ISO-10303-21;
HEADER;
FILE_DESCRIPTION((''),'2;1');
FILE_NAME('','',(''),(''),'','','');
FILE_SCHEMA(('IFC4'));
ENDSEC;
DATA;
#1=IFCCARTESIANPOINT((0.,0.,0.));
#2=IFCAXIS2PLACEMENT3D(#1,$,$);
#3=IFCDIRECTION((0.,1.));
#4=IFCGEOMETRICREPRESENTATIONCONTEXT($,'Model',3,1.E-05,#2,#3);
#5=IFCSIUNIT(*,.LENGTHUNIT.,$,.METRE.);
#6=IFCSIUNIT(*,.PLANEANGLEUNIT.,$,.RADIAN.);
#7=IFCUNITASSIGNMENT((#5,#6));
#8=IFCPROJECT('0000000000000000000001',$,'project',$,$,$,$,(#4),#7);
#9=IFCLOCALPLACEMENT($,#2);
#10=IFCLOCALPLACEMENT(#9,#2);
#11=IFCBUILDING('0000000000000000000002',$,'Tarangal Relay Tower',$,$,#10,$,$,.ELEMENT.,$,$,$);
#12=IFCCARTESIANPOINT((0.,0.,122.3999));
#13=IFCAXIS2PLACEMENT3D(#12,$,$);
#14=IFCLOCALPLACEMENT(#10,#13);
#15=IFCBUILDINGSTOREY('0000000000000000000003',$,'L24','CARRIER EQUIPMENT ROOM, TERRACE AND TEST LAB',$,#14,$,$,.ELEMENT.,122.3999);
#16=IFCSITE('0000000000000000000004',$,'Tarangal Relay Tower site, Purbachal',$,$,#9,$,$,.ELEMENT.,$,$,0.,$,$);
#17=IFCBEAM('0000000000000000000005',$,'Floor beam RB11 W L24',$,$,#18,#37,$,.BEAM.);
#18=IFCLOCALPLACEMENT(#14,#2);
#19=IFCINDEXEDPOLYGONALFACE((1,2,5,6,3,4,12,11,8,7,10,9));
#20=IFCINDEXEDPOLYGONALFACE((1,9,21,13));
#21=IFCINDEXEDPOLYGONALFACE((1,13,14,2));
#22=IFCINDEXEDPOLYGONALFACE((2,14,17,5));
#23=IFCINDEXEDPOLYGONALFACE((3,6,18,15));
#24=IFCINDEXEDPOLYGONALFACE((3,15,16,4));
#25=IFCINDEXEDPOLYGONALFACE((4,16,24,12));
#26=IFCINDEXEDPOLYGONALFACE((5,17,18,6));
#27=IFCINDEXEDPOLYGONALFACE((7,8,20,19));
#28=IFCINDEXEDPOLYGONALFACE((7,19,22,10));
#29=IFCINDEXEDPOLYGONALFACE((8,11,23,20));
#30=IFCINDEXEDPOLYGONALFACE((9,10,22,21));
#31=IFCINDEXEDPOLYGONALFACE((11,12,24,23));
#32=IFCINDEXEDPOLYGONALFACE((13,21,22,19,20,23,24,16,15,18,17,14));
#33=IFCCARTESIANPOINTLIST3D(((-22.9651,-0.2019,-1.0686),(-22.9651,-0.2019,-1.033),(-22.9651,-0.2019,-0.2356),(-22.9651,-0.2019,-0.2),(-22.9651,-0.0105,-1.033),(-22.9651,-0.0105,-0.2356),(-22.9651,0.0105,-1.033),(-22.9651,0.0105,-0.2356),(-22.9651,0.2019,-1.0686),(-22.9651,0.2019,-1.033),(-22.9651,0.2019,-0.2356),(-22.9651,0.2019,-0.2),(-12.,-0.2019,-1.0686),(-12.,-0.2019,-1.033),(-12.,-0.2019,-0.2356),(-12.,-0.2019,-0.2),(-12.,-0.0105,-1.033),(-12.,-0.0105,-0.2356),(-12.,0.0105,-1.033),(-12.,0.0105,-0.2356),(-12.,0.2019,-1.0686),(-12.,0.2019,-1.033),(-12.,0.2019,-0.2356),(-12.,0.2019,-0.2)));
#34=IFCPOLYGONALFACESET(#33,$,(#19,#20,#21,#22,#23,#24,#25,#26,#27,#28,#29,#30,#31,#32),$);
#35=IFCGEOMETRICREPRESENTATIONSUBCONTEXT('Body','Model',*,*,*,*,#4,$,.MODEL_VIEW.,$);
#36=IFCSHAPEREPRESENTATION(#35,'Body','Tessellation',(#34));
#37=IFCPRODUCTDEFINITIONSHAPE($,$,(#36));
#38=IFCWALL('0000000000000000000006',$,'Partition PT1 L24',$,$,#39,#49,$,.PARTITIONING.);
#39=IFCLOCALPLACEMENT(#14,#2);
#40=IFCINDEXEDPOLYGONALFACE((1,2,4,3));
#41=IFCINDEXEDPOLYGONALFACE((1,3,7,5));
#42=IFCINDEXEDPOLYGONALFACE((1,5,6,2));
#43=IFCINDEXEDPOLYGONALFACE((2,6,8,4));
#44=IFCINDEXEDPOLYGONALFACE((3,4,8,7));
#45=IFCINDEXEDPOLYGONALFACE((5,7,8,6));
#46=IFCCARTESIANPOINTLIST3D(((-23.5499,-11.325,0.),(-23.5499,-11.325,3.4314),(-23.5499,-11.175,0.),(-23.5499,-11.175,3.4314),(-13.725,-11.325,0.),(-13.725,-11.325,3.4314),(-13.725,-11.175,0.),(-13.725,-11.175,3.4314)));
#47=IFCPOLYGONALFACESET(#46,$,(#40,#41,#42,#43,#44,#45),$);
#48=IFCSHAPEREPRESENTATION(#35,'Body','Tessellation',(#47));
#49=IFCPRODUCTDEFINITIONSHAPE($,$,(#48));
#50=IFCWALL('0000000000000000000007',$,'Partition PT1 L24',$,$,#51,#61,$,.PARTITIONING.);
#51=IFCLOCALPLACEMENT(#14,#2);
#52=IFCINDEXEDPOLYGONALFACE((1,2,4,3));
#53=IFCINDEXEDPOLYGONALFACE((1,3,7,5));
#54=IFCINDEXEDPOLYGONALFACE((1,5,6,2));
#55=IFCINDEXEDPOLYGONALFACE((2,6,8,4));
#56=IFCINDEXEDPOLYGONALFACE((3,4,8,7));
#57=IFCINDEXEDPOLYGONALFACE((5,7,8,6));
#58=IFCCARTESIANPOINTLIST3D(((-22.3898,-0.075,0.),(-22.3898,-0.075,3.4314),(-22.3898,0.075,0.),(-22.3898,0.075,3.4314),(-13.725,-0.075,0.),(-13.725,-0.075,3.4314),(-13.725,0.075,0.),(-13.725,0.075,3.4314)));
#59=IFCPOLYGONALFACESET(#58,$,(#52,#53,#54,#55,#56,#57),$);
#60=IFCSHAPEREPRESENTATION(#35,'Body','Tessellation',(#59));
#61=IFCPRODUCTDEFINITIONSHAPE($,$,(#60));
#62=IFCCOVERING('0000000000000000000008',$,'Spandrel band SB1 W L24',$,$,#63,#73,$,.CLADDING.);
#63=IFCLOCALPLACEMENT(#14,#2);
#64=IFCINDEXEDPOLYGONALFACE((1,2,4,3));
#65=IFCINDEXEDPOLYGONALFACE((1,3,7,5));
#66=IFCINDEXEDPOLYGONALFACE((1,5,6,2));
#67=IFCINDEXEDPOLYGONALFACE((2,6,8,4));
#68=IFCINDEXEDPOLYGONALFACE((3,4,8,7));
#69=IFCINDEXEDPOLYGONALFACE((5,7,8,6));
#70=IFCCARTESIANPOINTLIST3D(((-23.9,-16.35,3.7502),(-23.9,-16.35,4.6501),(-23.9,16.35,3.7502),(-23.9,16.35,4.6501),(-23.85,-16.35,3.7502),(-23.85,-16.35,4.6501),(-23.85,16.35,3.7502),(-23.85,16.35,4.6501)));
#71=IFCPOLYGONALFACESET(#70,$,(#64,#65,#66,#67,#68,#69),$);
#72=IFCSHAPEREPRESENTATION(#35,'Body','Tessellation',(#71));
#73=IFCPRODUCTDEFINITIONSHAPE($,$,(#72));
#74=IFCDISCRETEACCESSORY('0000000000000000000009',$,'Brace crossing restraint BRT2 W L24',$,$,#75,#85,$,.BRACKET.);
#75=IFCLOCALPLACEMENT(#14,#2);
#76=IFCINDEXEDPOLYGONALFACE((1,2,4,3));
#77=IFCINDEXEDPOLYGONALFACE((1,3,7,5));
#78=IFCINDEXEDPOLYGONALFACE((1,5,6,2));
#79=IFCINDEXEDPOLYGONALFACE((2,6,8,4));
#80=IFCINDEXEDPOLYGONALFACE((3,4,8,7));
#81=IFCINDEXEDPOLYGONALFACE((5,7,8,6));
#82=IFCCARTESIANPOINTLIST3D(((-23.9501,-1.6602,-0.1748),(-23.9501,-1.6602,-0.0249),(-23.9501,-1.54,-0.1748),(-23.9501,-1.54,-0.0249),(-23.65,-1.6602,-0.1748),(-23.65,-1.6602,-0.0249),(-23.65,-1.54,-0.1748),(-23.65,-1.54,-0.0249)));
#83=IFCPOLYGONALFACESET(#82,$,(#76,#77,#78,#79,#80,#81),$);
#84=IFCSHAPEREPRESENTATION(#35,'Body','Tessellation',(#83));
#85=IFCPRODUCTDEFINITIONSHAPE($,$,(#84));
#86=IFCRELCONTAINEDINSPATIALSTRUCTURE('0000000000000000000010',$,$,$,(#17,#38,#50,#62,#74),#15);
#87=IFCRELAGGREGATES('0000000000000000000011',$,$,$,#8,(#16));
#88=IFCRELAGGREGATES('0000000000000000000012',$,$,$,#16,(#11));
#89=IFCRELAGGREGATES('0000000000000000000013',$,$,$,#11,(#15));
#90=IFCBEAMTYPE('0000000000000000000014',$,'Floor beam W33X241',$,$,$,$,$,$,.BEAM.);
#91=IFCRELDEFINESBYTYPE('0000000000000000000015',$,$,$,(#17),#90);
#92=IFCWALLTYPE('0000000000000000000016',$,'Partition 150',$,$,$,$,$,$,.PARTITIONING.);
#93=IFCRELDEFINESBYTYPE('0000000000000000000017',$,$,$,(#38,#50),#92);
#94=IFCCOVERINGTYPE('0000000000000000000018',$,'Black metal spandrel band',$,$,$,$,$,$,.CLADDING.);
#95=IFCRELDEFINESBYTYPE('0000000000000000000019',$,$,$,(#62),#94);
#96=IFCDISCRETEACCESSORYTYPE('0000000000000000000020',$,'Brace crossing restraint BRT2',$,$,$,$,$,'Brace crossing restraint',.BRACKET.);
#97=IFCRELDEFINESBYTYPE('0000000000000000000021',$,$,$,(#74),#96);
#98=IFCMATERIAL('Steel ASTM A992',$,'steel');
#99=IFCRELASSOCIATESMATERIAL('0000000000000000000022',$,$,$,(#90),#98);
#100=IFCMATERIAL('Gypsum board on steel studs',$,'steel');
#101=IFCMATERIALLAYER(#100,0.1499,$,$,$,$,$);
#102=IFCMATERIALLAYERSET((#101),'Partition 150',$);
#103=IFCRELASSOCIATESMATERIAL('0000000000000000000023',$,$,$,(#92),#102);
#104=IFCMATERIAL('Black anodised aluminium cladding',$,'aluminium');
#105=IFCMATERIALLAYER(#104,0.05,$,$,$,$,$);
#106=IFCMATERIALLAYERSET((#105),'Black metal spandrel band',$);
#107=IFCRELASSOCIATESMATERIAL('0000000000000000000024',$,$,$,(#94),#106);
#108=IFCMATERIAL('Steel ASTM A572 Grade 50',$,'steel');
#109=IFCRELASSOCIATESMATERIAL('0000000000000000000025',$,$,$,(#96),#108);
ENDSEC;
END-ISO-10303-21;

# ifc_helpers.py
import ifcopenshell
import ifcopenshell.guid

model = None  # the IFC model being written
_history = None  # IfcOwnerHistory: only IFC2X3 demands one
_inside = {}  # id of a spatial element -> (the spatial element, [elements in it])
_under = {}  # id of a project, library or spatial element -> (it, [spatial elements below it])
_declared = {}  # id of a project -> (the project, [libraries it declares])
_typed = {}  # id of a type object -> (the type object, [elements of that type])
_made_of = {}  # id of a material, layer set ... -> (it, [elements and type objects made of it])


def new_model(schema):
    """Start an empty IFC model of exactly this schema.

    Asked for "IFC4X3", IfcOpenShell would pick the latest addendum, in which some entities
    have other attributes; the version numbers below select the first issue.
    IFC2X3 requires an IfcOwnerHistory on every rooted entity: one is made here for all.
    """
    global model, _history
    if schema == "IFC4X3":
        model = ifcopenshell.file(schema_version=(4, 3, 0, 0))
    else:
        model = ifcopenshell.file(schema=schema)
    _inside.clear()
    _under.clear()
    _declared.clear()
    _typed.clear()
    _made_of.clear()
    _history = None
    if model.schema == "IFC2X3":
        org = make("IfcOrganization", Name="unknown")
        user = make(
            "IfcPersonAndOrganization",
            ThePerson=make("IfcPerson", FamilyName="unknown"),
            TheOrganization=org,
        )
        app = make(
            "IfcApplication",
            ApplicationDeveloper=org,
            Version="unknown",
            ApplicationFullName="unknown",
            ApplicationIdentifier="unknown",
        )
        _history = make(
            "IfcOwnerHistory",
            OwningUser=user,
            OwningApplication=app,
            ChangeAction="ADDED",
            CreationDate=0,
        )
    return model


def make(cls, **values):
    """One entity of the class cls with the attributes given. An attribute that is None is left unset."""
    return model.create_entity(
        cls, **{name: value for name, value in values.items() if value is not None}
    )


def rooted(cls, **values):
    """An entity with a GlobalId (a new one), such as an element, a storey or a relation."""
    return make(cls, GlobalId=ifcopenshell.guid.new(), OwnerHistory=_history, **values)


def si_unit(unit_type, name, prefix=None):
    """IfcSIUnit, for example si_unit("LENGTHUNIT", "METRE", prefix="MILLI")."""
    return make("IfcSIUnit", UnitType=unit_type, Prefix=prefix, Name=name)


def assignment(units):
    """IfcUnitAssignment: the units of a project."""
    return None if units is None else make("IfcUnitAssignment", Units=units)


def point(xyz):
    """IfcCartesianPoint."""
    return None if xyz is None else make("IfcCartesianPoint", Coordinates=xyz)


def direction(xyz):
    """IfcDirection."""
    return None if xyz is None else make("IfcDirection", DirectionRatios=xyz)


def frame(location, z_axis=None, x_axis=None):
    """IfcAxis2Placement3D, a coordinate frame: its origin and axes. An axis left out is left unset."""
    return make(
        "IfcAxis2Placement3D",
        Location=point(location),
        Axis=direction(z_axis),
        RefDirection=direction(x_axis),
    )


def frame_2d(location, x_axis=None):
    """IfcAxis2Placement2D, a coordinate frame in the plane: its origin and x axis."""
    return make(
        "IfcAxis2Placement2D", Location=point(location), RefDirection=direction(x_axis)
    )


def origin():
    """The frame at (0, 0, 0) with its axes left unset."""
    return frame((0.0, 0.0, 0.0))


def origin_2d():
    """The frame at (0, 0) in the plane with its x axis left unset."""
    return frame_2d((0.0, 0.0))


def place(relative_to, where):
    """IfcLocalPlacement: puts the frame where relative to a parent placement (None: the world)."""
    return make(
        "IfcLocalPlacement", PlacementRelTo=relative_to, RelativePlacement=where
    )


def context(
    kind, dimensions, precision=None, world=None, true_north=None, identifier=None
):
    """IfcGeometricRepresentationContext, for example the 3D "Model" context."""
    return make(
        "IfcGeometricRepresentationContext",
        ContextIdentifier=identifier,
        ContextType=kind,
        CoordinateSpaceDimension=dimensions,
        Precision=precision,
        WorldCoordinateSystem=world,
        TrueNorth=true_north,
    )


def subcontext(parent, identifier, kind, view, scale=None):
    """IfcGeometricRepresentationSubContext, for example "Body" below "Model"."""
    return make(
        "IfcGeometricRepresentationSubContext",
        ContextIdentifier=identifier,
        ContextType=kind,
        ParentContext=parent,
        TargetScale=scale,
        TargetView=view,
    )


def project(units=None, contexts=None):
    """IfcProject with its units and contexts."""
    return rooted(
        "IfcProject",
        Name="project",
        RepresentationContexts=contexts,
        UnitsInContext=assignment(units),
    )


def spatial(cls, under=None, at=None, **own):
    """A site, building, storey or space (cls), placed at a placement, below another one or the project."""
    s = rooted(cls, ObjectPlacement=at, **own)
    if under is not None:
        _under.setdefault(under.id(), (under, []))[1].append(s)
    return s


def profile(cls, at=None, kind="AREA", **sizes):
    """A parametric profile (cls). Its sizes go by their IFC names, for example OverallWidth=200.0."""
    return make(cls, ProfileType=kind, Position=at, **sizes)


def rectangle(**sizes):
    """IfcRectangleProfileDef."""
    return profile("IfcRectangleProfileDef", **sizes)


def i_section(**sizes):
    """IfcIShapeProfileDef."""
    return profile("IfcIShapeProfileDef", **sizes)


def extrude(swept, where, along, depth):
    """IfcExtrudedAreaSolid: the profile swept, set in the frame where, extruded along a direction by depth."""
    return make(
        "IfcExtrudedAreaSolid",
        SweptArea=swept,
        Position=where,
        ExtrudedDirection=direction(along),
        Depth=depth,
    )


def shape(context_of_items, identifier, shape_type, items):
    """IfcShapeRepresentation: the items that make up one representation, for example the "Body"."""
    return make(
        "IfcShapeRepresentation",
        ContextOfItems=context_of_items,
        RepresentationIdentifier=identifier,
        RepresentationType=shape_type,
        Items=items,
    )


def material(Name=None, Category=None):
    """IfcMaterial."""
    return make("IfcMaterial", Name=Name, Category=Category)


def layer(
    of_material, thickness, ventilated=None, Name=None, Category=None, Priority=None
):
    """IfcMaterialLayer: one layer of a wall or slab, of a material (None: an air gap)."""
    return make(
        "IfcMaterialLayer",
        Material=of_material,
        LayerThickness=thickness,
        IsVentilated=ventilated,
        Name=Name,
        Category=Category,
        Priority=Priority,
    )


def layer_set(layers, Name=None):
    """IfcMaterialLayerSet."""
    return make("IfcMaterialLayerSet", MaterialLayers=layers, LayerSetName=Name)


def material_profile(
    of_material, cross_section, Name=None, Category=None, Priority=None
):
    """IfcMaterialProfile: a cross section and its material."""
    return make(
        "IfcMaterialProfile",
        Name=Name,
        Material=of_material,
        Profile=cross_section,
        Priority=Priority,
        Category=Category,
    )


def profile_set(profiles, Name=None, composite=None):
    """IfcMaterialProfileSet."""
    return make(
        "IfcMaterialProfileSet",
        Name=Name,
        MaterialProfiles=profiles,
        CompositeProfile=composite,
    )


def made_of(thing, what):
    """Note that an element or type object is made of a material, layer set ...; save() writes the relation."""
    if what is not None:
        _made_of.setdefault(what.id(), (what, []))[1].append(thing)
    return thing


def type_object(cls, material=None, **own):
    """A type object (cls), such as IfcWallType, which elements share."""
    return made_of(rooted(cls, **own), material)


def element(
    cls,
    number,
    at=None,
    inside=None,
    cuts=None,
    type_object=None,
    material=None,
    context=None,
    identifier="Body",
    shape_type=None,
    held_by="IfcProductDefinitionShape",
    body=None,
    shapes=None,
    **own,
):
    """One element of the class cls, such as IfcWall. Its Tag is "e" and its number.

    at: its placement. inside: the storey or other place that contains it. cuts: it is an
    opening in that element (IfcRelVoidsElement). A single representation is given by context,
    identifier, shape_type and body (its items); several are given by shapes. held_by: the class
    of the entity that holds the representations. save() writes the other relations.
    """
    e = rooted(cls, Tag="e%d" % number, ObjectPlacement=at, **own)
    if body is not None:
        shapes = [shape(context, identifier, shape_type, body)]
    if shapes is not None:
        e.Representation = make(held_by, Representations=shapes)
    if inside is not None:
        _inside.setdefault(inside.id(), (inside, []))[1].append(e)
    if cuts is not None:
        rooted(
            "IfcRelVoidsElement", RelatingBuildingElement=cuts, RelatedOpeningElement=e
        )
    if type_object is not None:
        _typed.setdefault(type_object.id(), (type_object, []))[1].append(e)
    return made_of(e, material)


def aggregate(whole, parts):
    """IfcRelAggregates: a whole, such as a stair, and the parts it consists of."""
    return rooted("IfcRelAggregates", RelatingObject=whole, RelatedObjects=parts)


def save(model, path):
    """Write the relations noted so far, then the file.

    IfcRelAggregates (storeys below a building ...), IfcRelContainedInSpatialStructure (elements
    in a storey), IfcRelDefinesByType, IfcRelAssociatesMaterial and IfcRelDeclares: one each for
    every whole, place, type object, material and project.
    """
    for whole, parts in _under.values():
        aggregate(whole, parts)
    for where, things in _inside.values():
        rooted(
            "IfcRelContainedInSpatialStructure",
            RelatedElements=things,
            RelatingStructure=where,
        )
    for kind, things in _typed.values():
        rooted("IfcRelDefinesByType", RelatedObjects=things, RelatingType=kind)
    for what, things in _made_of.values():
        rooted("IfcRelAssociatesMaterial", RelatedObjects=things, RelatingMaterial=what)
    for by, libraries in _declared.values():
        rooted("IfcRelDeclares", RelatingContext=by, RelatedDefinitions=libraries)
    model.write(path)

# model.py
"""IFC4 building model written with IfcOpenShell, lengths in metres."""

from ifc_helpers import new_model, si_unit, direction, frame, frame_2d, origin, origin_2d, place, context, subcontext, project, spatial, rectangle, i_section, extrude, material, layer, layer_set, material_profile, profile_set, type_object, element, save


model = new_model("IFC4")

# Units and contexts
model_context = context("Model", 3, precision=1e-05, world=origin(), true_north=direction((0.0, 1.0)))
body_context = subcontext(model_context, "Body", "Model", "MODEL_VIEW")
ifc_project = project(units=[si_unit("LENGTHUNIT", "METRE"), si_unit("PLANEANGLEUNIT", "RADIAN")], contexts=[model_context])

# Site, building, storey
site_placement = place(None, origin())
site = spatial("IfcSite", under=ifc_project, at=site_placement, Name="Tarangal Relay Tower site, Purbachal", CompositionType="ELEMENT", RefElevation=0.0)
building_placement = place(site_placement, origin())
building = spatial("IfcBuilding", under=site, at=building_placement, Name="Tarangal Relay Tower", CompositionType="ELEMENT")
storey_placement = place(building_placement, frame((0.0, 0.0, 122.3999)))
storey = spatial("IfcBuildingStorey", under=building, at=storey_placement, Name="L24", Description="CARRIER EQUIPMENT ROOM, TERRACE AND TEST LAB", CompositionType="ELEMENT", Elevation=122.3999)

# Shared definitions
ifc_material_1 = material(Name="Steel ASTM A572 Grade 50", Category="steel")

# Beam
ifc_material_2 = material(Name="Steel ASTM A992", Category="steel")
ifc_material_profile_1 = material_profile(ifc_material_2, i_section(OverallWidth=0.4038, OverallDepth=0.8687, WebThickness=0.021, FlangeThickness=0.0356, at=origin_2d()), Name="W33X241")
ifc_profile_set_1 = profile_set([ifc_material_profile_1], Name="Steel ASTM A992")
beam_type_1 = type_object("IfcBeamType", Name="Floor beam W33X241", PredefinedType="BEAM", material=ifc_profile_set_1)
for number, where, z_axis, x_axis, name in (
    (1, (-12.0, 0.0, -0.6343), (-1.0, 0.0, 0.0), (0.0, -1.0, 0.0), "Floor beam RB11 W L24"),
):
    element("IfcBeam", number, at=place(storey_placement, frame(where, z_axis=z_axis, x_axis=x_axis)), inside=storey, type_object=beam_type_1, Name=name, PredefinedType="BEAM", context=body_context, shape_type="SweptSolid", body=[
        extrude(i_section(OverallWidth=0.4038, OverallDepth=0.8687, WebThickness=0.021, FlangeThickness=0.0356, at=origin_2d()), origin(), (0.0, 0.0, 1.0), 10.9651),
    ])

# Walls
ifc_material_3 = material(Name="Gypsum board on steel studs", Category="steel")
ifc_layer_1 = layer(ifc_material_3, 0.1499)
ifc_layer_set_1 = layer_set([ifc_layer_1], Name="Partition 150")
wall_type = type_object("IfcWallType", Name="Partition 150", PredefinedType="PARTITIONING", material=ifc_layer_set_1)
wall_1_placement = place(storey_placement, frame((-23.55, -11.25, 0.0), z_axis=(0.0, 0.0, 1.0), x_axis=(1.0, 0.0, 0.0)))
element("IfcWall", 2, at=wall_1_placement, inside=storey, type_object=wall_type, Name="Partition PT1 L24", PredefinedType="PARTITIONING", context=body_context, shape_type="SweptSolid", body=[
    extrude(rectangle(XDim=9.825, YDim=0.1499, at=frame_2d((4.9126, 0.0))), origin(), (0.0, 0.0, 1.0), 3.4314),
])
wall_2_placement = place(storey_placement, frame((-22.3899, 0.0, 0.0), z_axis=(0.0, 0.0, 1.0), x_axis=(1.0, 0.0, 0.0)))
element("IfcWall", 3, at=wall_2_placement, inside=storey, type_object=wall_type, Name="Partition PT1 L24", PredefinedType="PARTITIONING", context=body_context, shape_type="SweptSolid", body=[
    extrude(rectangle(XDim=8.6648, YDim=0.1499, at=frame_2d((4.3325, 0.0))), origin(), (0.0, 0.0, 1.0), 3.4314),
])

# Covering
ifc_material_4 = material(Name="Black anodised aluminium cladding", Category="aluminium")
ifc_layer_2 = layer(ifc_material_4, 0.05)
ifc_layer_set_2 = layer_set([ifc_layer_2], Name="Black metal spandrel band")
covering_type = type_object("IfcCoveringType", Name="Black metal spandrel band", PredefinedType="CLADDING", material=ifc_layer_set_2)
covering_placement = place(storey_placement, frame((-23.875, 0.0, 3.7502), z_axis=(0.0, 0.0, 1.0), x_axis=(0.0, 1.0, 0.0)))
element("IfcCovering", 4, at=covering_placement, inside=storey, type_object=covering_type, Name="Spandrel band SB1 W L24", PredefinedType="CLADDING", context=body_context, shape_type="SweptSolid", body=[
    extrude(rectangle(XDim=32.7, YDim=0.05, at=origin_2d()), origin(), (0.0, 0.0, 1.0), 0.8999),
])

# Discrete accessory
discrete_accessory_type = type_object("IfcDiscreteAccessoryType", Name="Brace crossing restraint BRT2", ElementType="Brace crossing restraint", PredefinedType="BRACKET", material=ifc_material_1)
discrete_accessory_placement = place(storey_placement, frame((-23.8, -1.6001, -0.1748), z_axis=(0.0, 0.0, 1.0), x_axis=(1.0, 0.0, 0.0)))
element("IfcDiscreteAccessory", 5, at=discrete_accessory_placement, inside=storey, type_object=discrete_accessory_type, Name="Brace crossing restraint BRT2 W L24", PredefinedType="BRACKET", context=body_context, shape_type="SweptSolid", body=[
    extrude(rectangle(XDim=0.3, YDim=0.1201, at=origin_2d()), origin(), (0.0, 0.0, 1.0), 0.1499),
])

save(model, "model.ifc")
